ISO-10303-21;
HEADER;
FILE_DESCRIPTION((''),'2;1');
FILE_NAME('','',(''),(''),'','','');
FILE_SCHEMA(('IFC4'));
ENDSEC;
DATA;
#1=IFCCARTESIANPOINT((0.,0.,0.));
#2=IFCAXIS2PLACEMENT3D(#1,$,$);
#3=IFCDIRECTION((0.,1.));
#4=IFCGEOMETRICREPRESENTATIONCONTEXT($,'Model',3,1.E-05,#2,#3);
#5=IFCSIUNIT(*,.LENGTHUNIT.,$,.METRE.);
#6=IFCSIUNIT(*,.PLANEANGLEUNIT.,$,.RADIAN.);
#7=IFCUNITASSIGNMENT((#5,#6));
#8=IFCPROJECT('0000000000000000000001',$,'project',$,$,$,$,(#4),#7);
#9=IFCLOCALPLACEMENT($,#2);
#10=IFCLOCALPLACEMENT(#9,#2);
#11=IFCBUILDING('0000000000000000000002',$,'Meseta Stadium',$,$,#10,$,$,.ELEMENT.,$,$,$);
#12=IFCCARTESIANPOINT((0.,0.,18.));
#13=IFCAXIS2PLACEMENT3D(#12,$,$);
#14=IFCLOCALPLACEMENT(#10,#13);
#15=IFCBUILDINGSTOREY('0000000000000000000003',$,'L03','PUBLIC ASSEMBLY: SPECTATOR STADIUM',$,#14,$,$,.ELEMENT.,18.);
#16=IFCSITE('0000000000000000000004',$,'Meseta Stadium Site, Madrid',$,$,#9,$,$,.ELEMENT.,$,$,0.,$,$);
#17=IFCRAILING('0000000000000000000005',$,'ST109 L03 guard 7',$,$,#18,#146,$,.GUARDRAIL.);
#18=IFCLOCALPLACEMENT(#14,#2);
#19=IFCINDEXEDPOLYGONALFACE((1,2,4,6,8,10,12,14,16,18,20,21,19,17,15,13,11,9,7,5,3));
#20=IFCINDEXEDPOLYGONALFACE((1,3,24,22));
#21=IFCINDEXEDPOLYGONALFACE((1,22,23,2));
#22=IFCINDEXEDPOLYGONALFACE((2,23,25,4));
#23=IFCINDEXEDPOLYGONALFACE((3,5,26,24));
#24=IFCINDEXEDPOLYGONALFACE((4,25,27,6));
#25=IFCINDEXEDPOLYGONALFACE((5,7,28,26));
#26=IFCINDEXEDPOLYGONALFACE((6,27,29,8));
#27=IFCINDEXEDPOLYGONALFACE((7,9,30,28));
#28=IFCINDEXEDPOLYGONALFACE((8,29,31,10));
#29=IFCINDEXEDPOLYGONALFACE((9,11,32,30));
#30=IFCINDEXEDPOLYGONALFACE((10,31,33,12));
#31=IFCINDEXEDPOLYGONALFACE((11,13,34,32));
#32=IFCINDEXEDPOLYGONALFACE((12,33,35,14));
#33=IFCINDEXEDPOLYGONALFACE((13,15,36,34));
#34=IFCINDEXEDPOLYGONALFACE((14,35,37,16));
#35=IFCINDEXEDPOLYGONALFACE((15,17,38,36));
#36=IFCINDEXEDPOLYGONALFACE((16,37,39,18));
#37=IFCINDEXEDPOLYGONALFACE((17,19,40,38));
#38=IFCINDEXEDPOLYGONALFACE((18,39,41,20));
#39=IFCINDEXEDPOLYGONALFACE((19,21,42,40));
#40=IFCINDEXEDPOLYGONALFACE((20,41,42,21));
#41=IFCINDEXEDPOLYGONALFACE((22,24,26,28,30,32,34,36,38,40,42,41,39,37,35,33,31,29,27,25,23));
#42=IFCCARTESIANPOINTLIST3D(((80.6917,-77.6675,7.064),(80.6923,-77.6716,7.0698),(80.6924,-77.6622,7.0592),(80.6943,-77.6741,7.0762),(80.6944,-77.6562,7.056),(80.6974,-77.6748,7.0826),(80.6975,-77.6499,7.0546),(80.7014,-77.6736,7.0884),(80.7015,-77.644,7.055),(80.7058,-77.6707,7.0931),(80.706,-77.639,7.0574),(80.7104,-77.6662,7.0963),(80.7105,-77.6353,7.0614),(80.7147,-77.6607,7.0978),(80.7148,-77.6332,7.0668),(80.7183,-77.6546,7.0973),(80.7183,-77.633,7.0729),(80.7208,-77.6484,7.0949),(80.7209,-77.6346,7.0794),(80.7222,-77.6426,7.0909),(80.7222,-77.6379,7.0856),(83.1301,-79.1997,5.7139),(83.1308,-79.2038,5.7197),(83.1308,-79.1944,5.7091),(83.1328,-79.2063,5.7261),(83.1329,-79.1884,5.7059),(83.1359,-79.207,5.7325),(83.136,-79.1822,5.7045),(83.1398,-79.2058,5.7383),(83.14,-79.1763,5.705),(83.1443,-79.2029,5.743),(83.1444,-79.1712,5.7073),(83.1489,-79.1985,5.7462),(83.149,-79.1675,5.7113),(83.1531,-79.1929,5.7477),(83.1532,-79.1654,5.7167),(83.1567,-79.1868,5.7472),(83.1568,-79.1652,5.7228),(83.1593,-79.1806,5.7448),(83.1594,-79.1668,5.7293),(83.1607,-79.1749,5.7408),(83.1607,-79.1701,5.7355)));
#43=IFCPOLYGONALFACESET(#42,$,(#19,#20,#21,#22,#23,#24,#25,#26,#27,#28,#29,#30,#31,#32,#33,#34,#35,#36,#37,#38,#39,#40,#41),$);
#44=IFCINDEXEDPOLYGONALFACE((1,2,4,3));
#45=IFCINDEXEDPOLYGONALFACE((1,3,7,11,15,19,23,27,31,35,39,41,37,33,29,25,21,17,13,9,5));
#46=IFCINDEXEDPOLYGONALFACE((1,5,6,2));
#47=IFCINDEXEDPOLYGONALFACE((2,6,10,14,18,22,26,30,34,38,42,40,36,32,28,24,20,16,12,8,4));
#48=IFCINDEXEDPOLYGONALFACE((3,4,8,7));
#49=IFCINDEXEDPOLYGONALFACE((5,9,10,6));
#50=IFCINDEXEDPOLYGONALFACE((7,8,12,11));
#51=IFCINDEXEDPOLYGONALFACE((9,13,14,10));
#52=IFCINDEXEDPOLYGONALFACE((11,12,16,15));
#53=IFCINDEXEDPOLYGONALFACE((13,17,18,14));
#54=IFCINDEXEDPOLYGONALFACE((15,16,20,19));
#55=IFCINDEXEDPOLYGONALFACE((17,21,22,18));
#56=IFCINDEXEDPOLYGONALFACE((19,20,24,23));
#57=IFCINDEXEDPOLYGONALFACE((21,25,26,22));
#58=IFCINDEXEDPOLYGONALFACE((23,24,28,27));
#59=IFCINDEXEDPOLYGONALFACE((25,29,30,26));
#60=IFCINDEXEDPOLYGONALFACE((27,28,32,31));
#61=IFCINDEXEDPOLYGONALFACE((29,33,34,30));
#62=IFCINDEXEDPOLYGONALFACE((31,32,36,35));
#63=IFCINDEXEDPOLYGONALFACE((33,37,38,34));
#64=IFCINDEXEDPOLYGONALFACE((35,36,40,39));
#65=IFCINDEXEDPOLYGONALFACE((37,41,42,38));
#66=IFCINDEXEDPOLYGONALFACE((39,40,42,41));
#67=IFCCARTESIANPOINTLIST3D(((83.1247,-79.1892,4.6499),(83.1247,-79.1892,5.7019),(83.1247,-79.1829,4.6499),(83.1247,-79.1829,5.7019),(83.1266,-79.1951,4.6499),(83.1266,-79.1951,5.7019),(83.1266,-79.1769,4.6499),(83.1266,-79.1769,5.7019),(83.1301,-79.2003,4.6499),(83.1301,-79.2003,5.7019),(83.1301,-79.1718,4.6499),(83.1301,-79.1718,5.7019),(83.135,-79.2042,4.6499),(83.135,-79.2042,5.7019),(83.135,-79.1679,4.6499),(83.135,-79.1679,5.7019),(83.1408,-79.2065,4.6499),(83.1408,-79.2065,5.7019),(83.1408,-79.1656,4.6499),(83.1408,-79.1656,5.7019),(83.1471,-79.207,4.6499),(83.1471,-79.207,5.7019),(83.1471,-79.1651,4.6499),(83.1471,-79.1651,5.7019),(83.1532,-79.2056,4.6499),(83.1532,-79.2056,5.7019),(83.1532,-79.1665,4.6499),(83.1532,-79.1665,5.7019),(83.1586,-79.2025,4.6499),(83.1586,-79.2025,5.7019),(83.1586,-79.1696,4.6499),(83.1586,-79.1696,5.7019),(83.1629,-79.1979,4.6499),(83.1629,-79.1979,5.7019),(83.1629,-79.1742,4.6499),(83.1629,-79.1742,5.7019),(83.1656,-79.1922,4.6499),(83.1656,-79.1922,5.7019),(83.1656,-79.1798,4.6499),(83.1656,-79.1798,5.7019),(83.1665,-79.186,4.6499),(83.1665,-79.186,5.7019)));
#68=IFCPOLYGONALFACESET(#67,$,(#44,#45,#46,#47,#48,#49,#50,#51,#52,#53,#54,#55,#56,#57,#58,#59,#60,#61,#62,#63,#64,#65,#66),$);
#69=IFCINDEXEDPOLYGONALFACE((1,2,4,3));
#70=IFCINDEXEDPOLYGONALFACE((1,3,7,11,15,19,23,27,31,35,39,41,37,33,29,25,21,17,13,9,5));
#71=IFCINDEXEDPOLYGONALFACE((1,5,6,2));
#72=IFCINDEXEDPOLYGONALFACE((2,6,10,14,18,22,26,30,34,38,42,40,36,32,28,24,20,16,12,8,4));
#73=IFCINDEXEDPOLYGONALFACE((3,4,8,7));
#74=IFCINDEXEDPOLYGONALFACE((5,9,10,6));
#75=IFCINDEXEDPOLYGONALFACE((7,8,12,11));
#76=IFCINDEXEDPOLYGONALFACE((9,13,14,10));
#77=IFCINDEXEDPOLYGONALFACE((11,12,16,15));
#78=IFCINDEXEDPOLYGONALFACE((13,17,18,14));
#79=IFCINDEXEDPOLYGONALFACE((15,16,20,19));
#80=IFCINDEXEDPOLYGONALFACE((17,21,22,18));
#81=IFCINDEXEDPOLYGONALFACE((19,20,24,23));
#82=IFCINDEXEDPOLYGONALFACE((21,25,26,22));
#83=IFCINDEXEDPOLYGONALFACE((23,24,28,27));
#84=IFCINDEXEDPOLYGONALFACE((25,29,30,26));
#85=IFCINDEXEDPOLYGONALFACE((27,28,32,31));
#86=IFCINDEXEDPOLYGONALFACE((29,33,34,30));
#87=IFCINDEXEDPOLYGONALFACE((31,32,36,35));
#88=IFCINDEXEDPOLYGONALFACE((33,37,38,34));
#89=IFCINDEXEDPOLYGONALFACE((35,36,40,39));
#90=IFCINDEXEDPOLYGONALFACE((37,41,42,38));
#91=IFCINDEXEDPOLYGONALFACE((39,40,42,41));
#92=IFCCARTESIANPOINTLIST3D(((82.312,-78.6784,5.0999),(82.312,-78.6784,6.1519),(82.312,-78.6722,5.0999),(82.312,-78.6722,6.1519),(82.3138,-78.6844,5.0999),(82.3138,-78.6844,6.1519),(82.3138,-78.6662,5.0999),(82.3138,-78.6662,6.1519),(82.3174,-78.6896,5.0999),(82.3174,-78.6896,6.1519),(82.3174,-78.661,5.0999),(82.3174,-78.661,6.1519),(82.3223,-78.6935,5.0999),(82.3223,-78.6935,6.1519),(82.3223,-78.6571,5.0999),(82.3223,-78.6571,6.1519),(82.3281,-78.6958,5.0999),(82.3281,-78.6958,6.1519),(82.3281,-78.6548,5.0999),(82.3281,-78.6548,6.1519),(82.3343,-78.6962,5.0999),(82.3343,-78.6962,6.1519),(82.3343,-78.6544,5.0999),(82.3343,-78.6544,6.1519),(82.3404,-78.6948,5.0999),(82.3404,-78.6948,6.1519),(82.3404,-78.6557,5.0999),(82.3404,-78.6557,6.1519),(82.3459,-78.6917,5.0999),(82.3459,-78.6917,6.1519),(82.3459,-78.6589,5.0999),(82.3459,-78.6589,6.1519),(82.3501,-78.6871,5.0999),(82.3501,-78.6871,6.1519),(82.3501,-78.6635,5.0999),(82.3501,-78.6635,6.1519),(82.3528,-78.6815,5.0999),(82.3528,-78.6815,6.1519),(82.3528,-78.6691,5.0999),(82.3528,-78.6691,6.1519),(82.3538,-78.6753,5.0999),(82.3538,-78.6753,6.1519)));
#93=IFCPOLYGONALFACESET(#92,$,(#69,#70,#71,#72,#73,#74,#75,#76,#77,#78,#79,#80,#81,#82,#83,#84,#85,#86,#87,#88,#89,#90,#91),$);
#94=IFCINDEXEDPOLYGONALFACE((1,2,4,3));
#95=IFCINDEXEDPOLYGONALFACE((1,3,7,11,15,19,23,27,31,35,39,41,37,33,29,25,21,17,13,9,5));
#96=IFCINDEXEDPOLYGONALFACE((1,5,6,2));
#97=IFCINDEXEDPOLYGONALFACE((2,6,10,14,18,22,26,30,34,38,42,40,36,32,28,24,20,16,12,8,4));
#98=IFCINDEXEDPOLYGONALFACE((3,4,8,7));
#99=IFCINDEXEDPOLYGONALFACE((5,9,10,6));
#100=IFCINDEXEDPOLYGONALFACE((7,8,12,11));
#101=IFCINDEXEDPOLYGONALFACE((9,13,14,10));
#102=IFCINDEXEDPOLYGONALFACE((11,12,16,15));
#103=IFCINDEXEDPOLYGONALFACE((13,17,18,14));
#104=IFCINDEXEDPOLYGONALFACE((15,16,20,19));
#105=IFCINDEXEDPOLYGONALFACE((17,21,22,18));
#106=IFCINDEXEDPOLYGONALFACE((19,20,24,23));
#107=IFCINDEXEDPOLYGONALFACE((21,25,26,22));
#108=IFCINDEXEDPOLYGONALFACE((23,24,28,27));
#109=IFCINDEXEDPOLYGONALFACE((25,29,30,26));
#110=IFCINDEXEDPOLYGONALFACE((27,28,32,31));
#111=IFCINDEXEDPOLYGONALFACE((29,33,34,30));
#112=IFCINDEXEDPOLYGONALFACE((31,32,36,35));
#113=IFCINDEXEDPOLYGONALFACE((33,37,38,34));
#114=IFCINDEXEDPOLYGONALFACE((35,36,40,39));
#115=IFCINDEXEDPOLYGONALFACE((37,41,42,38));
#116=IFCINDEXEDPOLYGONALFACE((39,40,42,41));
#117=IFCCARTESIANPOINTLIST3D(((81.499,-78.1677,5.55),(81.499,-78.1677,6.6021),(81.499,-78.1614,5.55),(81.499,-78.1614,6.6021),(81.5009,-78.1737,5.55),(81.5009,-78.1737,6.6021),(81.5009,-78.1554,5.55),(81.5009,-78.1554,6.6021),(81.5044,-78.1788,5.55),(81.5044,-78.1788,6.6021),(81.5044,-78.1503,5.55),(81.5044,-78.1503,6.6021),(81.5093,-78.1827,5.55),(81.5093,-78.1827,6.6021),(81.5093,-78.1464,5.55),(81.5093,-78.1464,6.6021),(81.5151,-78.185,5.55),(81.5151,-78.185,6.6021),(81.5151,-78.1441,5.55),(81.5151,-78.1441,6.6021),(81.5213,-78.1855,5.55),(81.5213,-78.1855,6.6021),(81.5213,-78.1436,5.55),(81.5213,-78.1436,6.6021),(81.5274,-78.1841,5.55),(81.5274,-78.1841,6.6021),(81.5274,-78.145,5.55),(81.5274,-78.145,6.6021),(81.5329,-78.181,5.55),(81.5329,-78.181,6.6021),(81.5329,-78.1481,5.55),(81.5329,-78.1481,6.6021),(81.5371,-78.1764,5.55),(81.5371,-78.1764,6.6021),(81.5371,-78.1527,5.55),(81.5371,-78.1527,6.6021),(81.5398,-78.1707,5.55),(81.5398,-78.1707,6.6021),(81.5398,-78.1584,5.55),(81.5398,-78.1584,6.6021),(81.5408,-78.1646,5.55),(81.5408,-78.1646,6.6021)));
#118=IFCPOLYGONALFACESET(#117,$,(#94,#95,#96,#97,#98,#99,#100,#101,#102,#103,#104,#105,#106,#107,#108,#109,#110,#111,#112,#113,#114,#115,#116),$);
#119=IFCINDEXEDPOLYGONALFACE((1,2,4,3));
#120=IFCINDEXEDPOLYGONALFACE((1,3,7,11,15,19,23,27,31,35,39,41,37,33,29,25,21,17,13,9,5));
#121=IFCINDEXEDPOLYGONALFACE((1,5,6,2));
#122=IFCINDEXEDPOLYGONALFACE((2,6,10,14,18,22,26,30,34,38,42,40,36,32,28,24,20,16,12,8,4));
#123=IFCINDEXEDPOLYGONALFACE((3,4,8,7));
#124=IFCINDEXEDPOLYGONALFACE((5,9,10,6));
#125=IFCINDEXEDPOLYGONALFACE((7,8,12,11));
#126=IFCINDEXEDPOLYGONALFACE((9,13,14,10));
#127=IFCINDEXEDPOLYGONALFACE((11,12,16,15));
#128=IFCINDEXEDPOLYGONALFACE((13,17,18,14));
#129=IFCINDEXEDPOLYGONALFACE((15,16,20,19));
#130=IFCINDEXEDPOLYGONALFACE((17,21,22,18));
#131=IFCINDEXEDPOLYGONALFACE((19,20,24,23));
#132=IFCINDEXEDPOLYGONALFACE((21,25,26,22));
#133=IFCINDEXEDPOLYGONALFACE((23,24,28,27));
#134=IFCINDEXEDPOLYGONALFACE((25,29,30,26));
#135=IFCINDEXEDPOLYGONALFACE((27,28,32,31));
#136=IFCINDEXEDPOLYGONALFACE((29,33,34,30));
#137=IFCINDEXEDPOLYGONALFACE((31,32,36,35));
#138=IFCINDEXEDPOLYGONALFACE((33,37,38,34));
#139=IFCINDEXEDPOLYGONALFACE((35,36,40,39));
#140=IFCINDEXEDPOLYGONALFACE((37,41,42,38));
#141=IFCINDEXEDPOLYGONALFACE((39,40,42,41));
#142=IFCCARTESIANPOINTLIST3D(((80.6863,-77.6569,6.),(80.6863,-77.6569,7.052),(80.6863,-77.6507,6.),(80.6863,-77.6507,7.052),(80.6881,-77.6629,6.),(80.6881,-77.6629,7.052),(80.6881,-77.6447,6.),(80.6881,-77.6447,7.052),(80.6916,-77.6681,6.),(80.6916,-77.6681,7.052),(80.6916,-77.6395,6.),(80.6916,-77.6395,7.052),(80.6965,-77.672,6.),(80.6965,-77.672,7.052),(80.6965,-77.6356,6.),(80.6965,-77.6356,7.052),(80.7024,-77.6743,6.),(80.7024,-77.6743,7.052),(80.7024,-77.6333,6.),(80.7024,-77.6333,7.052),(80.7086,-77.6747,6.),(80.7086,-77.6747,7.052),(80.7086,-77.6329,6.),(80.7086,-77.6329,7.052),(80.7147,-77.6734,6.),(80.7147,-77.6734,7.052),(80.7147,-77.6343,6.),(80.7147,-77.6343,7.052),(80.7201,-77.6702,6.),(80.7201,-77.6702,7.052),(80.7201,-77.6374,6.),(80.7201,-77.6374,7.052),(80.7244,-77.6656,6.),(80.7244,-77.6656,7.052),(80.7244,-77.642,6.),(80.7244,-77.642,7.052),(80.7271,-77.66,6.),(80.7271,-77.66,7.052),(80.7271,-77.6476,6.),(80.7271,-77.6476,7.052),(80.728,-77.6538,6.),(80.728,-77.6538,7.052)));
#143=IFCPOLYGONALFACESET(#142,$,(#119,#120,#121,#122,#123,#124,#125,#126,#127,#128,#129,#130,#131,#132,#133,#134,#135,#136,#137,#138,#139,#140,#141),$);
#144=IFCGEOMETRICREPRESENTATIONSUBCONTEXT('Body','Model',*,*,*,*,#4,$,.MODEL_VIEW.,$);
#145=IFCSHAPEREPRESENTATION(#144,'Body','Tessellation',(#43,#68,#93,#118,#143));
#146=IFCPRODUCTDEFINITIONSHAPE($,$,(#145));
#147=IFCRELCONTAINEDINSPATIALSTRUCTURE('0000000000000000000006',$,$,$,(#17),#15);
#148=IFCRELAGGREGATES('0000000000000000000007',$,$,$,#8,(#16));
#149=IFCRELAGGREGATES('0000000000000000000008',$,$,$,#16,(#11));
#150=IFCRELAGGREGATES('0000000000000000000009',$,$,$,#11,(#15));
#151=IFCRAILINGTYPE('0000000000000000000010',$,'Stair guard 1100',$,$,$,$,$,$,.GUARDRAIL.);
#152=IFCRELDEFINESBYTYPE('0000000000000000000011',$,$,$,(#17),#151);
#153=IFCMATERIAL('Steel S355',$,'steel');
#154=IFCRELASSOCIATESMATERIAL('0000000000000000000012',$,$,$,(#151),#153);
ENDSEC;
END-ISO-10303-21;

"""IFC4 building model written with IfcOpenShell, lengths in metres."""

from ifc_helpers import new_model, si_unit, direction, frame, origin, origin_2d, place, context, subcontext, project, spatial, circle, extrude, material, type_object, element, save


model = new_model("IFC4")

# Units and contexts
model_context = context("Model", 3, precision=1e-05, world=origin(), true_north=direction((0.0, 1.0)))
body_context = subcontext(model_context, "Body", "Model", "MODEL_VIEW")
ifc_project = project(units=[si_unit("LENGTHUNIT", "METRE"), si_unit("PLANEANGLEUNIT", "RADIAN")], contexts=[model_context])

# Site, building, storey
site_placement = place(None, origin())
site = spatial("IfcSite", under=ifc_project, at=site_placement, Name="Meseta Stadium Site, Madrid", CompositionType="ELEMENT", RefElevation=0.0)
building_placement = place(site_placement, origin())
building = spatial("IfcBuilding", under=site, at=building_placement, Name="Meseta Stadium", CompositionType="ELEMENT")
storey_placement = place(building_placement, frame((0.0, 0.0, 18.0)))
storey = spatial("IfcBuildingStorey", under=building, at=storey_placement, Name="L03", Description="PUBLIC ASSEMBLY: SPECTATOR STADIUM", CompositionType="ELEMENT", Elevation=18.0)

# Railing
ifc_material_1 = material(Name="Steel S355", Category="steel")
railing_type_1 = type_object("IfcRailingType", Name="Stair guard 1100", PredefinedType="GUARDRAIL", material=ifc_material_1)
railing_1_placement = place(storey_placement, frame((83.1455, -79.186, 4.6499)))
element("IfcRailing", 1, at=railing_1_placement, inside=storey, type_object=railing_type_1, Name="ST109 L03 guard 7", PredefinedType="GUARDRAIL", context=body_context, shape_type="SweptSolid", body=[
    extrude(circle(Radius=0.0239, at=origin_2d()), frame((0.0, 0.0, 1.0762), z_axis=(-0.766655, 0.481731, 0.42447), x_axis=(-0.53204, -0.846719, 0.0)), (0.0, 0.0, 1.0), 3.1807),
    extrude(circle(Radius=0.021, at=origin_2d()), origin(), (0.0, 0.0, 1.0), 1.052),
    extrude(circle(Radius=0.021, at=origin_2d()), frame((-0.8127, 0.5107, 0.45)), (0.0, 0.0, 1.0), 1.052),
    extrude(circle(Radius=0.021, at=origin_2d()), frame((-1.6257, 1.0215, 0.9001)), (0.0, 0.0, 1.0), 1.052),
    extrude(circle(Radius=0.021, at=origin_2d()), frame((-2.4385, 1.5322, 1.3501)), (0.0, 0.0, 1.0), 1.052),
])

save(model, "model.ifc")
